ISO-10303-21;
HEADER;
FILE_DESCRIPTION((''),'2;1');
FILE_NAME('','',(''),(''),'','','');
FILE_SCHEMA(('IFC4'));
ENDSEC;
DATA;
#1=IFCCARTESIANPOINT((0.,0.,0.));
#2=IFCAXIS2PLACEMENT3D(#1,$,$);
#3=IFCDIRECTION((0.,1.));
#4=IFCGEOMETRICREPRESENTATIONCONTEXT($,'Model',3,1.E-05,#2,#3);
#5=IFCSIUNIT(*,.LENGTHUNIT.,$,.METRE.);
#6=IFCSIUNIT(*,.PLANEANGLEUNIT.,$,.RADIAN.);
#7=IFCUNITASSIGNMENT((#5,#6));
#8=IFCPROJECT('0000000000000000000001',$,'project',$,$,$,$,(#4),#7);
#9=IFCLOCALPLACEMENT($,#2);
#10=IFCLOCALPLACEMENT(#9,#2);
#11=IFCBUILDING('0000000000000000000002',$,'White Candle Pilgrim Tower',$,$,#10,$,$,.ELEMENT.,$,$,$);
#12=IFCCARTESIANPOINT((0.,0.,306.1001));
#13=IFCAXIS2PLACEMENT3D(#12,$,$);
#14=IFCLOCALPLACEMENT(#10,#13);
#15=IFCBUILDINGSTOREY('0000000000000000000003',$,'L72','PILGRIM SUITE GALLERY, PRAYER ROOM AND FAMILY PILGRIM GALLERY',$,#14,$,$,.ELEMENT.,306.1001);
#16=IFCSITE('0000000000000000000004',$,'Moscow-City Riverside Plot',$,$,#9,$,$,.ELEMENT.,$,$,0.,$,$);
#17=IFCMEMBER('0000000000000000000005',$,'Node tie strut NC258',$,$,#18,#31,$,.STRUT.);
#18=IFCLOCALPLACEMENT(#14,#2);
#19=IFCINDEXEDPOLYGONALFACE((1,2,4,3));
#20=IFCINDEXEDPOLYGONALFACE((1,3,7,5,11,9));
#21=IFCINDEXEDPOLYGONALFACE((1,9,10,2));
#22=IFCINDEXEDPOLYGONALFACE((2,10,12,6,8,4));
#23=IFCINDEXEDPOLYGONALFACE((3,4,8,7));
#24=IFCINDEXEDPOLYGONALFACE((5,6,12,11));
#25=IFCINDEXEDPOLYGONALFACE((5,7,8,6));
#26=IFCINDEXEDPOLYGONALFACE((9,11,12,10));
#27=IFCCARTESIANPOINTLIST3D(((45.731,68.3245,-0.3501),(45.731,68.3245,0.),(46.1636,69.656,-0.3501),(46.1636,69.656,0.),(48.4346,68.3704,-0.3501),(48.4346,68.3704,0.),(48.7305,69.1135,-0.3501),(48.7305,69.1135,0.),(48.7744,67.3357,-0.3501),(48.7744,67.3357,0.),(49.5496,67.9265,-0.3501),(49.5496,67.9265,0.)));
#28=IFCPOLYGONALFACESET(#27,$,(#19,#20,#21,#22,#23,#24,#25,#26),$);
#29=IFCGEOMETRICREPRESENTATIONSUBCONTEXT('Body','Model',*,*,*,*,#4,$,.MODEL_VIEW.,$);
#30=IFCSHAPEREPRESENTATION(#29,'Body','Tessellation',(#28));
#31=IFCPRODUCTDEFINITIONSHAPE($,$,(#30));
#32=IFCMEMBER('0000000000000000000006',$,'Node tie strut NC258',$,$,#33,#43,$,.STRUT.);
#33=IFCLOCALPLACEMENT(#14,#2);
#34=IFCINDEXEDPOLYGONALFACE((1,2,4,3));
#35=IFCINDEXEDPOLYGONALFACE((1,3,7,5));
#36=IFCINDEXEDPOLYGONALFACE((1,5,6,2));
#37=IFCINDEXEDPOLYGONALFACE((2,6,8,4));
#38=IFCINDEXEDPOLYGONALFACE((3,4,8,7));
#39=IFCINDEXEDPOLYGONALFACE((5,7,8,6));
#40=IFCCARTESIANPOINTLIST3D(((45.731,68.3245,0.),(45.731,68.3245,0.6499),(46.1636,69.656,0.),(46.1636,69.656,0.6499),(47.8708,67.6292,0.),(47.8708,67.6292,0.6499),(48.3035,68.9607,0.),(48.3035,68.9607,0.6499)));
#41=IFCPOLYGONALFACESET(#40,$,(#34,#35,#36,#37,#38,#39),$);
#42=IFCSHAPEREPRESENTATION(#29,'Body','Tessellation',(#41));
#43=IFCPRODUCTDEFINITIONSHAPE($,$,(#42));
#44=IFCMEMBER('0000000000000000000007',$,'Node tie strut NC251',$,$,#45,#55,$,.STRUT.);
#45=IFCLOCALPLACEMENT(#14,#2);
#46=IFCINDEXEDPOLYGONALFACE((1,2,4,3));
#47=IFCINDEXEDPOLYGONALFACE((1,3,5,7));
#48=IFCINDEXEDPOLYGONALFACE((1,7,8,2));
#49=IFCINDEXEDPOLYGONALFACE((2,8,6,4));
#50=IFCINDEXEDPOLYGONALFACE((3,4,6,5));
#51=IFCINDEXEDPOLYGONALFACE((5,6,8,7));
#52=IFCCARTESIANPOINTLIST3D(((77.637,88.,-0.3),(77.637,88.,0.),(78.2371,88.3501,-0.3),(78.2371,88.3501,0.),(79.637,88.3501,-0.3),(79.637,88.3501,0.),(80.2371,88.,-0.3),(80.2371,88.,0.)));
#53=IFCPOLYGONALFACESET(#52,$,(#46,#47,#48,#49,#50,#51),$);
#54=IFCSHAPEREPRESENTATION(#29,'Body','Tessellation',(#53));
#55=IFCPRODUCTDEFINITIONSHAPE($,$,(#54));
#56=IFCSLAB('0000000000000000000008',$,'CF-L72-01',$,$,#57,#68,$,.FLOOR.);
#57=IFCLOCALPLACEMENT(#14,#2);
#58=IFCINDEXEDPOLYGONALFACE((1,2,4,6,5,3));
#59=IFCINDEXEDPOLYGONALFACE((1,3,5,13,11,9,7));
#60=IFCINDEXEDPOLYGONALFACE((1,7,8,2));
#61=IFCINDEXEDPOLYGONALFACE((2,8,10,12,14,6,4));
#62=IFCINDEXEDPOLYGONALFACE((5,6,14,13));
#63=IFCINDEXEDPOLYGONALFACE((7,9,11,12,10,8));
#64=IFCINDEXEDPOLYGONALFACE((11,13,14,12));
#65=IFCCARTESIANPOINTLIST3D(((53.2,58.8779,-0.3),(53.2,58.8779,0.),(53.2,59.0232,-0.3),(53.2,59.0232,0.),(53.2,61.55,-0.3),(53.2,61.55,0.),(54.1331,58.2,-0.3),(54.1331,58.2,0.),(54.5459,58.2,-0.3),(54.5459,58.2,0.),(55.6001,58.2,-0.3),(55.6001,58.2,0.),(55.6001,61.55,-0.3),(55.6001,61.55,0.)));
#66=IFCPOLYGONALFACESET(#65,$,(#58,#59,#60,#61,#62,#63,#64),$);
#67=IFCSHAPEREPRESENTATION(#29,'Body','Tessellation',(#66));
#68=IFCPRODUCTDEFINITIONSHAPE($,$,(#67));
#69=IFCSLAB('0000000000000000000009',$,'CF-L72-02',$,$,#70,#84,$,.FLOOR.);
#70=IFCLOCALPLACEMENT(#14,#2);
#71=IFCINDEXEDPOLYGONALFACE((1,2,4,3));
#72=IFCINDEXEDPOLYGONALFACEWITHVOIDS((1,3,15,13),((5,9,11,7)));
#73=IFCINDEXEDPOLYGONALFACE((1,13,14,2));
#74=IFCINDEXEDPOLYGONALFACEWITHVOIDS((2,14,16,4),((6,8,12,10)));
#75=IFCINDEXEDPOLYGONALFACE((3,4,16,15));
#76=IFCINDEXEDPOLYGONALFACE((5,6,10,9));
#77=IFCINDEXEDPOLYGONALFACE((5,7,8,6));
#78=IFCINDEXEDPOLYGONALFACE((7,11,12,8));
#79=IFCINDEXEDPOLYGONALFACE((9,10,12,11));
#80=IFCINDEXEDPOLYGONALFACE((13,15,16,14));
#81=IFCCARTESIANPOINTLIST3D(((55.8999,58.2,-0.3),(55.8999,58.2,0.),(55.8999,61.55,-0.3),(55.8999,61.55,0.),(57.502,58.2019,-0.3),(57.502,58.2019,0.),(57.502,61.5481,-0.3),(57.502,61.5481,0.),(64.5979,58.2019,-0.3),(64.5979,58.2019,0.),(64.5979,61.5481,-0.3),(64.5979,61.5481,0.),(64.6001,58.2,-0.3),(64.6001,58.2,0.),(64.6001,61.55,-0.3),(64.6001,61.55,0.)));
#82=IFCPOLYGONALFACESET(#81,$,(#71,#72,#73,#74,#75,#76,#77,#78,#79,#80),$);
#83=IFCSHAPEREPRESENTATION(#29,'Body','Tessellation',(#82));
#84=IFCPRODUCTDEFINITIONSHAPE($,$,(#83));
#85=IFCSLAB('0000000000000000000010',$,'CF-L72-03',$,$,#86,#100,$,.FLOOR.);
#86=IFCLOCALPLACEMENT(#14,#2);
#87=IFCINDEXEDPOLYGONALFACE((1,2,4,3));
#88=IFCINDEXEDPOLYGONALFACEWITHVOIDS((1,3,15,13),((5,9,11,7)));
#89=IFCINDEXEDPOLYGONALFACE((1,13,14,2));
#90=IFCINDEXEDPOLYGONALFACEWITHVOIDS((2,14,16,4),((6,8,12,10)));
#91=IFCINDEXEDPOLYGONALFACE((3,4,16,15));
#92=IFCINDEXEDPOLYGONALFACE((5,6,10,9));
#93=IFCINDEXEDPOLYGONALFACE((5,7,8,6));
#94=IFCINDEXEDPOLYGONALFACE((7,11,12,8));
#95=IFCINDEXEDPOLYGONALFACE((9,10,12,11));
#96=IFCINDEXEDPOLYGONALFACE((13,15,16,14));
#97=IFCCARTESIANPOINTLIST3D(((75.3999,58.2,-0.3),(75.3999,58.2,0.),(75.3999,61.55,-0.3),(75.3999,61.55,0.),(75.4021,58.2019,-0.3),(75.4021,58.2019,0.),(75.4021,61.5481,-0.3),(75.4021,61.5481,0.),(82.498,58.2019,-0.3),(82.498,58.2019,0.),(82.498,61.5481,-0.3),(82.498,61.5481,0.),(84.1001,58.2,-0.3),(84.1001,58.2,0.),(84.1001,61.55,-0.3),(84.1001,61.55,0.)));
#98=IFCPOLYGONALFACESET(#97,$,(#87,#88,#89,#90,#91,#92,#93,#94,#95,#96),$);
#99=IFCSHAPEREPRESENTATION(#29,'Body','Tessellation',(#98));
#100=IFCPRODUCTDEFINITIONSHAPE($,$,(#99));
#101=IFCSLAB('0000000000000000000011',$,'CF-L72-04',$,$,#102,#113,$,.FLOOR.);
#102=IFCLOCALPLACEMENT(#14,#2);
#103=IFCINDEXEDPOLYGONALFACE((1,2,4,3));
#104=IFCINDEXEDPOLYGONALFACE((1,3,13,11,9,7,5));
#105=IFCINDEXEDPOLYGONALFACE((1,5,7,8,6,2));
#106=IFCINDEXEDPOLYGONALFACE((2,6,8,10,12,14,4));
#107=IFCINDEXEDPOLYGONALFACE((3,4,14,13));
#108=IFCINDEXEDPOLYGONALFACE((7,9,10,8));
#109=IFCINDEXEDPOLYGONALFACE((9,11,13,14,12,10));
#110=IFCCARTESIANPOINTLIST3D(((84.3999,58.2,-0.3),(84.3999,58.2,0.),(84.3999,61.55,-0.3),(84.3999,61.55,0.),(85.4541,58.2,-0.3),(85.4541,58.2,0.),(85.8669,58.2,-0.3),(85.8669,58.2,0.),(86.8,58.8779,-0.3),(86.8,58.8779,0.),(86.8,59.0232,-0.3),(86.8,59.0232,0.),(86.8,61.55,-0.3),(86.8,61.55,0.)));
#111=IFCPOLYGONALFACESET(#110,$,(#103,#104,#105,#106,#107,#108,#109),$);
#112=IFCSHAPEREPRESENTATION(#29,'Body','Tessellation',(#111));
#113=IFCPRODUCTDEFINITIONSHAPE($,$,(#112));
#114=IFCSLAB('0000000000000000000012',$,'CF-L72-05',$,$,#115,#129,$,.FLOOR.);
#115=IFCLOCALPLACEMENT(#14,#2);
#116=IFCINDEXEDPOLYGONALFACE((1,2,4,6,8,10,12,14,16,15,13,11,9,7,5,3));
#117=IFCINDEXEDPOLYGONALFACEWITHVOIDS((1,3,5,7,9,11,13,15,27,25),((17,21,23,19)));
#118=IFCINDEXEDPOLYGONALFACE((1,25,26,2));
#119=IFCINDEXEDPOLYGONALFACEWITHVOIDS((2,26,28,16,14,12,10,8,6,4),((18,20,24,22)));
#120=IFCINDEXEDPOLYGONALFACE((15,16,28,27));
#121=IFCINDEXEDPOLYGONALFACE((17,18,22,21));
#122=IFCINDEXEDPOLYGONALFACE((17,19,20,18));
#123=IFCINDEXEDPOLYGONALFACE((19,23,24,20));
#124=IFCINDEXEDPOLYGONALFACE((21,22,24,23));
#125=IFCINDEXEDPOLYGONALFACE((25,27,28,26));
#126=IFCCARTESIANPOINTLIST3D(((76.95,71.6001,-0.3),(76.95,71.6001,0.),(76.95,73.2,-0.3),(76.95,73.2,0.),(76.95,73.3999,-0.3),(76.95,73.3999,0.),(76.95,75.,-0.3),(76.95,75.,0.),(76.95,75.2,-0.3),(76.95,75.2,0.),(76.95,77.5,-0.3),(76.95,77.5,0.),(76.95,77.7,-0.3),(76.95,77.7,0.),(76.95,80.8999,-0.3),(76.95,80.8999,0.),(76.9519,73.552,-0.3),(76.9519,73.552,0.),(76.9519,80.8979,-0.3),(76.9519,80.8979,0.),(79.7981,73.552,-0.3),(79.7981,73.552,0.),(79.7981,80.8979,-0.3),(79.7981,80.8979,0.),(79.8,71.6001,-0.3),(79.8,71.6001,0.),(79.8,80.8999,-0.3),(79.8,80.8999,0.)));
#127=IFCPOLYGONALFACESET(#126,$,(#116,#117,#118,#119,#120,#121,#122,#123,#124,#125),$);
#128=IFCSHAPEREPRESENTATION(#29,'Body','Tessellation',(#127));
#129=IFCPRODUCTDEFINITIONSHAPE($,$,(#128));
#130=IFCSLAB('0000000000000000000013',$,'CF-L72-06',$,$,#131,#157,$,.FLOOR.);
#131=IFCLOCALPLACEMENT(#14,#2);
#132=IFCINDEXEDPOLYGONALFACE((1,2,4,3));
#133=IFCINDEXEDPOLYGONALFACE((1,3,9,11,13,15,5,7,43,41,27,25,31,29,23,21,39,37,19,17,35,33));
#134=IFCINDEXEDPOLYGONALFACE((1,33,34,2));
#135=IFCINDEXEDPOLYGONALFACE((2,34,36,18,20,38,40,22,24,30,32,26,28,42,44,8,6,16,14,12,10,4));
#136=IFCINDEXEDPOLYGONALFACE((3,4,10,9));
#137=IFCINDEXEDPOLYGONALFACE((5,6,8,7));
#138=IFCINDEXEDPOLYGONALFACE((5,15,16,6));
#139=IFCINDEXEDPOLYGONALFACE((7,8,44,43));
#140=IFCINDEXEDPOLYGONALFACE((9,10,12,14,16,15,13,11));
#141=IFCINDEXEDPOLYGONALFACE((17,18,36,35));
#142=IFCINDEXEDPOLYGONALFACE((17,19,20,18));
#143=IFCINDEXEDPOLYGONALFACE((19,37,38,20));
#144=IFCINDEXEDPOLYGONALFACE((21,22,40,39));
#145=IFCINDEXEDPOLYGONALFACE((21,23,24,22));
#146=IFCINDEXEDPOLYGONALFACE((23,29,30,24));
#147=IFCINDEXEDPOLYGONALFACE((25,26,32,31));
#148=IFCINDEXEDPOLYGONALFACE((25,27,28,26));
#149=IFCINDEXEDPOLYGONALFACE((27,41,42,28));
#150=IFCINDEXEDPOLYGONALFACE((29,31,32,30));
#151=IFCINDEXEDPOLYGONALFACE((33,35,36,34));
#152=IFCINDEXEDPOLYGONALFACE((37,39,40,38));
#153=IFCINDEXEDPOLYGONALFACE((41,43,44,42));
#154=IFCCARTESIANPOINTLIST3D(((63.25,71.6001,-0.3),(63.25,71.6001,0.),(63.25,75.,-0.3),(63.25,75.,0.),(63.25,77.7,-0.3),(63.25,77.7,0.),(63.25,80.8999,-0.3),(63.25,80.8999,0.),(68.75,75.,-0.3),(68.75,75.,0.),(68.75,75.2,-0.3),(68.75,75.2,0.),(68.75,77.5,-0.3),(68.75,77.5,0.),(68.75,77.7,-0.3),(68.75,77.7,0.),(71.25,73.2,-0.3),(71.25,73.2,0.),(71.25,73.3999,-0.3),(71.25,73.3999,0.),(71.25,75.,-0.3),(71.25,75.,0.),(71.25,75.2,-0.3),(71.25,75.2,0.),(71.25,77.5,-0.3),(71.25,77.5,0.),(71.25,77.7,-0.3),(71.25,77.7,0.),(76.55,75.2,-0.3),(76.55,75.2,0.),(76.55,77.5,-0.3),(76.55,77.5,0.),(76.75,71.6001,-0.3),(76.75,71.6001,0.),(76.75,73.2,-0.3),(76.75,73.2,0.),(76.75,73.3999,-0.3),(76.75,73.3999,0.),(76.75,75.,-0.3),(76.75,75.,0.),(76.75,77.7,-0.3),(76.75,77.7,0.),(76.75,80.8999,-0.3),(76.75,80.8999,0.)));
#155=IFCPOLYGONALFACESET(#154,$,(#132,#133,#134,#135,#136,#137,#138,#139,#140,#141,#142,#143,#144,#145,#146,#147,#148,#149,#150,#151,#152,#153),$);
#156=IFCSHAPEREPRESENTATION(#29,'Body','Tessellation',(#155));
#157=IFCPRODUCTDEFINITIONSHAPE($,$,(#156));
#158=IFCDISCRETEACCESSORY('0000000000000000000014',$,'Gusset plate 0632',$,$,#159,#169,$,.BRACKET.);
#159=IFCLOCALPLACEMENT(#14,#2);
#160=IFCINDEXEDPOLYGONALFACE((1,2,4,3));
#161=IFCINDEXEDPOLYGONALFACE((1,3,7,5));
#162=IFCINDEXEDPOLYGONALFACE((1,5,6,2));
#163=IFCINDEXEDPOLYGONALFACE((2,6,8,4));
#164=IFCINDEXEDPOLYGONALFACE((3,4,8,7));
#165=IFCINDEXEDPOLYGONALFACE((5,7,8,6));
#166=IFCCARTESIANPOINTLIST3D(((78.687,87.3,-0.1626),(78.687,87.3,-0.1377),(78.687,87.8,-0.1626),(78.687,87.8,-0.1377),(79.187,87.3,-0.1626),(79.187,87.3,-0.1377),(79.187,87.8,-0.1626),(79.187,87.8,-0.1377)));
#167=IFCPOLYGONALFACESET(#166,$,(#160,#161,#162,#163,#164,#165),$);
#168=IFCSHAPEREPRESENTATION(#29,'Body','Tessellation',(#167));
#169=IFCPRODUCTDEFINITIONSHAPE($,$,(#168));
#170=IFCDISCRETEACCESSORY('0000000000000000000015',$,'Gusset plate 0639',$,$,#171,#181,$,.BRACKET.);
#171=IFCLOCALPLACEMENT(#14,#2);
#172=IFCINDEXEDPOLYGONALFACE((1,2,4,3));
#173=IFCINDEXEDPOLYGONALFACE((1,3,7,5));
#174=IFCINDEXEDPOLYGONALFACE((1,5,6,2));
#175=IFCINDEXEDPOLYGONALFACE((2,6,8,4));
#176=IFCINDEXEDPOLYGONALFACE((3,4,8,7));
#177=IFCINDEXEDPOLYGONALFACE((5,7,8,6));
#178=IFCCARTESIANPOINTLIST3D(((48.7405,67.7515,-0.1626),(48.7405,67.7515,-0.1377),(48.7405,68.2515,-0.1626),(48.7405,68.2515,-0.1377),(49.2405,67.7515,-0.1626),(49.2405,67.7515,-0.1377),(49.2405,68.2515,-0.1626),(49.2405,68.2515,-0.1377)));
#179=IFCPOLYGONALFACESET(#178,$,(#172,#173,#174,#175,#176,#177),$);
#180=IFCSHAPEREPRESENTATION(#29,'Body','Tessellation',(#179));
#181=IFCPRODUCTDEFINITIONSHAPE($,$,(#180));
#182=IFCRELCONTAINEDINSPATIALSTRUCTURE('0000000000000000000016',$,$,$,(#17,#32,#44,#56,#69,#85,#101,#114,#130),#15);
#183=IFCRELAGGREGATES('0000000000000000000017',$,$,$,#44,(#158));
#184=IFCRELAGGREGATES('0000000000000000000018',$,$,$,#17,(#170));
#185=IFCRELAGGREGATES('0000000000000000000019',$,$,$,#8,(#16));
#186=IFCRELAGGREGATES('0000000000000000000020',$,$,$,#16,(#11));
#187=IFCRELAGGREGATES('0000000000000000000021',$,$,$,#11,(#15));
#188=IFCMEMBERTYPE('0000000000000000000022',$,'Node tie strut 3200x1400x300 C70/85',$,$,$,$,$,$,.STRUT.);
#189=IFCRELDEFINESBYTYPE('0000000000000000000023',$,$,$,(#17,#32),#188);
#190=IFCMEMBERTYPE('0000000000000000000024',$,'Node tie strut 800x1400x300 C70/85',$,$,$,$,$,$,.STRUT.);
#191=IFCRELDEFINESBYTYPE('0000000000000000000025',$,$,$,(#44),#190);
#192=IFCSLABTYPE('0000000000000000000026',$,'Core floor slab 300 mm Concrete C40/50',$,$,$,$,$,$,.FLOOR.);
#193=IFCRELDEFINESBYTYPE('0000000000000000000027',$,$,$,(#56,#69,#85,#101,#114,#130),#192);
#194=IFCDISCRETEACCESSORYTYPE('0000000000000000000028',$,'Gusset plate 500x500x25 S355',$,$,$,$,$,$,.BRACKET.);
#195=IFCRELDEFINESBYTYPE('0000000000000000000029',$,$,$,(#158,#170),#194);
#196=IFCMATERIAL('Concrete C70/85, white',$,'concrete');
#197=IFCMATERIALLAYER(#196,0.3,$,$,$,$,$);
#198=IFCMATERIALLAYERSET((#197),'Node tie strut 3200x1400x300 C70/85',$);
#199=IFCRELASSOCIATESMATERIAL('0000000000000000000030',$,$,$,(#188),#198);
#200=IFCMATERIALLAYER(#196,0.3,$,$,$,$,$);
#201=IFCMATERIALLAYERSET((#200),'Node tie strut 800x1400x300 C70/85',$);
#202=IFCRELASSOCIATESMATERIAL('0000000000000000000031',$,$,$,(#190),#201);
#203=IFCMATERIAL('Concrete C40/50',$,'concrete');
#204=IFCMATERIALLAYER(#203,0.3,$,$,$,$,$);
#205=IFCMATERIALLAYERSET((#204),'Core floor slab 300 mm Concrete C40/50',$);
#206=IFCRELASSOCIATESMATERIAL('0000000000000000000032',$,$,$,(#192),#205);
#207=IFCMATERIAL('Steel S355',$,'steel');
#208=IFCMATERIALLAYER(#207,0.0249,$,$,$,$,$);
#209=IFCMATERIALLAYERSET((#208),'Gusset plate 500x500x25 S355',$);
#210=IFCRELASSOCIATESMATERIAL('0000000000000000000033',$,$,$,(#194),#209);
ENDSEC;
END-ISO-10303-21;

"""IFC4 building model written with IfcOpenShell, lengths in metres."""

from ifc_helpers import new_model, si_unit, direction, frame, origin, origin_2d, place, context, subcontext, project, spatial, polyline, rectangle, outline, extrude, material, layer, layer_set, type_object, element, aggregate, save


model = new_model("IFC4")

# Units and contexts
model_context = context("Model", 3, precision=1e-05, world=origin(), true_north=direction((0.0, 1.0)))
body_context = subcontext(model_context, "Body", "Model", "MODEL_VIEW")
ifc_project = project(units=[si_unit("LENGTHUNIT", "METRE"), si_unit("PLANEANGLEUNIT", "RADIAN")], contexts=[model_context])

# Site, building, storey
site_placement = place(None, origin())
site = spatial("IfcSite", under=ifc_project, at=site_placement, Name="Moscow-City Riverside Plot", CompositionType="ELEMENT", RefElevation=0.0)
building_placement = place(site_placement, origin())
building = spatial("IfcBuilding", under=site, at=building_placement, Name="White Candle Pilgrim Tower", CompositionType="ELEMENT")
storey_placement = place(building_placement, frame((0.0, 0.0, 306.1001)))
storey = spatial("IfcBuildingStorey", under=building, at=storey_placement, Name="L72", Description="PILGRIM SUITE GALLERY, PRAYER ROOM AND FAMILY PILGRIM GALLERY", CompositionType="ELEMENT", Elevation=306.1001)

# Members
ifc_material_1 = material(Name="Concrete C70/85, white", Category="concrete")
ifc_layer_1 = layer(ifc_material_1, 0.3)
ifc_layer_set_1 = layer_set([ifc_layer_1], Name="Node tie strut 3200x1400x300 C70/85")
member_type_1 = type_object("IfcMemberType", Name="Node tie strut 3200x1400x300 C70/85", PredefinedType="STRUT", material=ifc_layer_set_1)
member_1_placement = place(storey_placement, frame((0.0, 0.0, -0.3501)))
member_1 = element("IfcMember", 1, at=member_1_placement, inside=storey, type_object=member_type_1, Name="Node tie strut NC258", PredefinedType="STRUT", context=body_context, shape_type="SweptSolid", body=[
    extrude(outline(polyline([(48.7744, 67.3357), (49.5496, 67.9265), (48.4346, 68.3704), (48.7305, 69.1135), (46.1636, 69.656), (45.731, 68.3245), (48.7744, 67.3357)])), origin(), (0.0, 0.0, 1.0), 0.3501),
])
member_2_placement = place(storey_placement, origin())
element("IfcMember", 2, at=member_2_placement, inside=storey, type_object=member_type_1, Name="Node tie strut NC258", PredefinedType="STRUT", context=body_context, shape_type="SweptSolid", body=[
    extrude(outline(polyline([(47.8708, 67.6292), (48.3035, 68.9607), (46.1636, 69.656), (45.731, 68.3245), (47.8708, 67.6292)])), origin(), (0.0, 0.0, 1.0), 0.6499),
])
ifc_layer_2 = layer(ifc_material_1, 0.3)
ifc_layer_set_2 = layer_set([ifc_layer_2], Name="Node tie strut 800x1400x300 C70/85")
member_type_2 = type_object("IfcMemberType", Name="Node tie strut 800x1400x300 C70/85", PredefinedType="STRUT", material=ifc_layer_set_2)
member_3_placement = place(storey_placement, frame((0.0, 0.0, -0.3)))
member_3 = element("IfcMember", 3, at=member_3_placement, inside=storey, type_object=member_type_2, Name="Node tie strut NC251", PredefinedType="STRUT", context=body_context, shape_type="SweptSolid", body=[
    extrude(outline(polyline([(77.637, 88.0), (80.2371, 88.0), (79.637, 88.3501), (78.2371, 88.3501), (77.637, 88.0)])), origin(), (0.0, 0.0, 1.0), 0.3),
])

# Slabs
ifc_material_2 = material(Name="Concrete C40/50", Category="concrete")
ifc_layer_3 = layer(ifc_material_2, 0.3)
ifc_layer_set_3 = layer_set([ifc_layer_3], Name="Core floor slab 300 mm Concrete C40/50")
slab_type_1 = type_object("IfcSlabType", Name="Core floor slab 300 mm Concrete C40/50", PredefinedType="FLOOR", material=ifc_layer_set_3)
slab_1_placement = place(storey_placement, frame((0.0, 0.0, -0.3)))
element("IfcSlab", 4, at=slab_1_placement, inside=storey, type_object=slab_type_1, Name="CF-L72-01", PredefinedType="FLOOR", context=body_context, shape_type="SweptSolid", body=[
    extrude(outline(polyline([(54.5459, 58.2), (54.1331, 58.2), (53.2, 58.8779), (53.2, 59.0232), (53.2, 61.55), (55.6001, 61.55), (55.6001, 58.2), (54.5459, 58.2)])), origin(), (0.0, 0.0, 1.0), 0.3),
])
slab_2_placement = place(storey_placement, frame((0.0, 0.0, -0.3)))
element("IfcSlab", 5, at=slab_2_placement, inside=storey, type_object=slab_type_1, Name="CF-L72-02", PredefinedType="FLOOR", context=body_context, shape_type="SweptSolid", body=[
    extrude(outline(polyline([(55.8999, 58.2), (55.8999, 61.55), (64.6001, 61.55), (64.6001, 58.2), (55.8999, 58.2)]), holes=[polyline([(57.502, 61.5481), (57.502, 58.2019), (64.5979, 58.2019), (64.5979, 61.5481), (57.502, 61.5481)])]), origin(), (0.0, 0.0, 1.0), 0.3),
])
slab_3_placement = place(storey_placement, frame((0.0, 0.0, -0.3)))
element("IfcSlab", 6, at=slab_3_placement, inside=storey, type_object=slab_type_1, Name="CF-L72-03", PredefinedType="FLOOR", context=body_context, shape_type="SweptSolid", body=[
    extrude(outline(polyline([(75.3999, 58.2), (75.3999, 61.55), (84.1001, 61.55), (84.1001, 58.2), (75.3999, 58.2)]), holes=[polyline([(82.498, 58.2019), (82.498, 61.5481), (75.4021, 61.5481), (75.4021, 58.2019), (82.498, 58.2019)])]), origin(), (0.0, 0.0, 1.0), 0.3),
])
slab_4_placement = place(storey_placement, frame((0.0, 0.0, -0.3)))
element("IfcSlab", 7, at=slab_4_placement, inside=storey, type_object=slab_type_1, Name="CF-L72-04", PredefinedType="FLOOR", context=body_context, shape_type="SweptSolid", body=[
    extrude(outline(polyline([(86.8, 59.0232), (86.8, 58.8779), (85.8669, 58.2), (85.4541, 58.2), (84.3999, 58.2), (84.3999, 61.55), (86.8, 61.55), (86.8, 59.0232)])), origin(), (0.0, 0.0, 1.0), 0.3),
])
slab_5_placement = place(storey_placement, frame((0.0, 0.0, -0.3)))
element("IfcSlab", 8, at=slab_5_placement, inside=storey, type_object=slab_type_1, Name="CF-L72-05", PredefinedType="FLOOR", context=body_context, shape_type="SweptSolid", body=[
    extrude(outline(polyline([(76.95, 71.6001), (76.95, 73.2), (76.95, 73.3999), (76.95, 75.0), (76.95, 75.2), (76.95, 77.5), (76.95, 77.7), (76.95, 80.8999), (79.8, 80.8999), (79.8, 71.6001), (76.95, 71.6001)]), holes=[polyline([(76.9519, 73.552), (79.7981, 73.552), (79.7981, 80.8979), (76.9519, 80.8979), (76.9519, 73.552)])]), origin(), (0.0, 0.0, 1.0), 0.3),
])
slab_6_placement = place(storey_placement, frame((0.0, 0.0, -0.3)))
element("IfcSlab", 9, at=slab_6_placement, inside=storey, type_object=slab_type_1, Name="CF-L72-06", PredefinedType="FLOOR", context=body_context, shape_type="SweptSolid", body=[
    extrude(outline(polyline([(63.25, 71.6001), (63.25, 75.0), (68.75, 75.0), (68.75, 75.2), (68.75, 77.5), (68.75, 77.7), (63.25, 77.7), (63.25, 80.8999), (76.75, 80.8999), (76.75, 77.7), (71.25, 77.7), (71.25, 77.5), (76.55, 77.5), (76.55, 75.2), (71.25, 75.2), (71.25, 75.0), (76.75, 75.0), (76.75, 73.3999), (71.25, 73.3999), (71.25, 73.2), (76.75, 73.2), (76.75, 71.6001), (63.25, 71.6001)])), origin(), (0.0, 0.0, 1.0), 0.3),
])

# Discrete accessories
ifc_material_3 = material(Name="Steel S355", Category="steel")
ifc_layer_4 = layer(ifc_material_3, 0.0249)
ifc_layer_set_4 = layer_set([ifc_layer_4], Name="Gusset plate 500x500x25 S355")
discrete_accessory_type = type_object("IfcDiscreteAccessoryType", Name="Gusset plate 500x500x25 S355", PredefinedType="BRACKET", material=ifc_layer_set_4)
discrete_accessory_1_placement = place(storey_placement, frame((78.937, 87.55, -0.1626), z_axis=(0.0, 0.0, 1.0), x_axis=(1.0, 0.0, 0.0)))
discrete_accessory_1 = element("IfcDiscreteAccessory", 10, at=discrete_accessory_1_placement, type_object=discrete_accessory_type, Name="Gusset plate 0632", PredefinedType="BRACKET", context=body_context, shape_type="SweptSolid", body=[
    extrude(rectangle(XDim=0.5, YDim=0.5, at=origin_2d()), origin(), (0.0, 0.0, 1.0), 0.0249),
])
aggregate(member_3, [discrete_accessory_1])
discrete_accessory_2_placement = place(storey_placement, frame((48.9905, 68.0015, -0.1626), z_axis=(0.0, 0.0, 1.0), x_axis=(1.0, 0.0, 0.0)))
discrete_accessory_2 = element("IfcDiscreteAccessory", 11, at=discrete_accessory_2_placement, type_object=discrete_accessory_type, Name="Gusset plate 0639", PredefinedType="BRACKET", context=body_context, shape_type="SweptSolid", body=[
    extrude(rectangle(XDim=0.5, YDim=0.5, at=origin_2d()), origin(), (0.0, 0.0, 1.0), 0.0249),
])
aggregate(member_1, [discrete_accessory_2])

save(model, "model.ifc")
